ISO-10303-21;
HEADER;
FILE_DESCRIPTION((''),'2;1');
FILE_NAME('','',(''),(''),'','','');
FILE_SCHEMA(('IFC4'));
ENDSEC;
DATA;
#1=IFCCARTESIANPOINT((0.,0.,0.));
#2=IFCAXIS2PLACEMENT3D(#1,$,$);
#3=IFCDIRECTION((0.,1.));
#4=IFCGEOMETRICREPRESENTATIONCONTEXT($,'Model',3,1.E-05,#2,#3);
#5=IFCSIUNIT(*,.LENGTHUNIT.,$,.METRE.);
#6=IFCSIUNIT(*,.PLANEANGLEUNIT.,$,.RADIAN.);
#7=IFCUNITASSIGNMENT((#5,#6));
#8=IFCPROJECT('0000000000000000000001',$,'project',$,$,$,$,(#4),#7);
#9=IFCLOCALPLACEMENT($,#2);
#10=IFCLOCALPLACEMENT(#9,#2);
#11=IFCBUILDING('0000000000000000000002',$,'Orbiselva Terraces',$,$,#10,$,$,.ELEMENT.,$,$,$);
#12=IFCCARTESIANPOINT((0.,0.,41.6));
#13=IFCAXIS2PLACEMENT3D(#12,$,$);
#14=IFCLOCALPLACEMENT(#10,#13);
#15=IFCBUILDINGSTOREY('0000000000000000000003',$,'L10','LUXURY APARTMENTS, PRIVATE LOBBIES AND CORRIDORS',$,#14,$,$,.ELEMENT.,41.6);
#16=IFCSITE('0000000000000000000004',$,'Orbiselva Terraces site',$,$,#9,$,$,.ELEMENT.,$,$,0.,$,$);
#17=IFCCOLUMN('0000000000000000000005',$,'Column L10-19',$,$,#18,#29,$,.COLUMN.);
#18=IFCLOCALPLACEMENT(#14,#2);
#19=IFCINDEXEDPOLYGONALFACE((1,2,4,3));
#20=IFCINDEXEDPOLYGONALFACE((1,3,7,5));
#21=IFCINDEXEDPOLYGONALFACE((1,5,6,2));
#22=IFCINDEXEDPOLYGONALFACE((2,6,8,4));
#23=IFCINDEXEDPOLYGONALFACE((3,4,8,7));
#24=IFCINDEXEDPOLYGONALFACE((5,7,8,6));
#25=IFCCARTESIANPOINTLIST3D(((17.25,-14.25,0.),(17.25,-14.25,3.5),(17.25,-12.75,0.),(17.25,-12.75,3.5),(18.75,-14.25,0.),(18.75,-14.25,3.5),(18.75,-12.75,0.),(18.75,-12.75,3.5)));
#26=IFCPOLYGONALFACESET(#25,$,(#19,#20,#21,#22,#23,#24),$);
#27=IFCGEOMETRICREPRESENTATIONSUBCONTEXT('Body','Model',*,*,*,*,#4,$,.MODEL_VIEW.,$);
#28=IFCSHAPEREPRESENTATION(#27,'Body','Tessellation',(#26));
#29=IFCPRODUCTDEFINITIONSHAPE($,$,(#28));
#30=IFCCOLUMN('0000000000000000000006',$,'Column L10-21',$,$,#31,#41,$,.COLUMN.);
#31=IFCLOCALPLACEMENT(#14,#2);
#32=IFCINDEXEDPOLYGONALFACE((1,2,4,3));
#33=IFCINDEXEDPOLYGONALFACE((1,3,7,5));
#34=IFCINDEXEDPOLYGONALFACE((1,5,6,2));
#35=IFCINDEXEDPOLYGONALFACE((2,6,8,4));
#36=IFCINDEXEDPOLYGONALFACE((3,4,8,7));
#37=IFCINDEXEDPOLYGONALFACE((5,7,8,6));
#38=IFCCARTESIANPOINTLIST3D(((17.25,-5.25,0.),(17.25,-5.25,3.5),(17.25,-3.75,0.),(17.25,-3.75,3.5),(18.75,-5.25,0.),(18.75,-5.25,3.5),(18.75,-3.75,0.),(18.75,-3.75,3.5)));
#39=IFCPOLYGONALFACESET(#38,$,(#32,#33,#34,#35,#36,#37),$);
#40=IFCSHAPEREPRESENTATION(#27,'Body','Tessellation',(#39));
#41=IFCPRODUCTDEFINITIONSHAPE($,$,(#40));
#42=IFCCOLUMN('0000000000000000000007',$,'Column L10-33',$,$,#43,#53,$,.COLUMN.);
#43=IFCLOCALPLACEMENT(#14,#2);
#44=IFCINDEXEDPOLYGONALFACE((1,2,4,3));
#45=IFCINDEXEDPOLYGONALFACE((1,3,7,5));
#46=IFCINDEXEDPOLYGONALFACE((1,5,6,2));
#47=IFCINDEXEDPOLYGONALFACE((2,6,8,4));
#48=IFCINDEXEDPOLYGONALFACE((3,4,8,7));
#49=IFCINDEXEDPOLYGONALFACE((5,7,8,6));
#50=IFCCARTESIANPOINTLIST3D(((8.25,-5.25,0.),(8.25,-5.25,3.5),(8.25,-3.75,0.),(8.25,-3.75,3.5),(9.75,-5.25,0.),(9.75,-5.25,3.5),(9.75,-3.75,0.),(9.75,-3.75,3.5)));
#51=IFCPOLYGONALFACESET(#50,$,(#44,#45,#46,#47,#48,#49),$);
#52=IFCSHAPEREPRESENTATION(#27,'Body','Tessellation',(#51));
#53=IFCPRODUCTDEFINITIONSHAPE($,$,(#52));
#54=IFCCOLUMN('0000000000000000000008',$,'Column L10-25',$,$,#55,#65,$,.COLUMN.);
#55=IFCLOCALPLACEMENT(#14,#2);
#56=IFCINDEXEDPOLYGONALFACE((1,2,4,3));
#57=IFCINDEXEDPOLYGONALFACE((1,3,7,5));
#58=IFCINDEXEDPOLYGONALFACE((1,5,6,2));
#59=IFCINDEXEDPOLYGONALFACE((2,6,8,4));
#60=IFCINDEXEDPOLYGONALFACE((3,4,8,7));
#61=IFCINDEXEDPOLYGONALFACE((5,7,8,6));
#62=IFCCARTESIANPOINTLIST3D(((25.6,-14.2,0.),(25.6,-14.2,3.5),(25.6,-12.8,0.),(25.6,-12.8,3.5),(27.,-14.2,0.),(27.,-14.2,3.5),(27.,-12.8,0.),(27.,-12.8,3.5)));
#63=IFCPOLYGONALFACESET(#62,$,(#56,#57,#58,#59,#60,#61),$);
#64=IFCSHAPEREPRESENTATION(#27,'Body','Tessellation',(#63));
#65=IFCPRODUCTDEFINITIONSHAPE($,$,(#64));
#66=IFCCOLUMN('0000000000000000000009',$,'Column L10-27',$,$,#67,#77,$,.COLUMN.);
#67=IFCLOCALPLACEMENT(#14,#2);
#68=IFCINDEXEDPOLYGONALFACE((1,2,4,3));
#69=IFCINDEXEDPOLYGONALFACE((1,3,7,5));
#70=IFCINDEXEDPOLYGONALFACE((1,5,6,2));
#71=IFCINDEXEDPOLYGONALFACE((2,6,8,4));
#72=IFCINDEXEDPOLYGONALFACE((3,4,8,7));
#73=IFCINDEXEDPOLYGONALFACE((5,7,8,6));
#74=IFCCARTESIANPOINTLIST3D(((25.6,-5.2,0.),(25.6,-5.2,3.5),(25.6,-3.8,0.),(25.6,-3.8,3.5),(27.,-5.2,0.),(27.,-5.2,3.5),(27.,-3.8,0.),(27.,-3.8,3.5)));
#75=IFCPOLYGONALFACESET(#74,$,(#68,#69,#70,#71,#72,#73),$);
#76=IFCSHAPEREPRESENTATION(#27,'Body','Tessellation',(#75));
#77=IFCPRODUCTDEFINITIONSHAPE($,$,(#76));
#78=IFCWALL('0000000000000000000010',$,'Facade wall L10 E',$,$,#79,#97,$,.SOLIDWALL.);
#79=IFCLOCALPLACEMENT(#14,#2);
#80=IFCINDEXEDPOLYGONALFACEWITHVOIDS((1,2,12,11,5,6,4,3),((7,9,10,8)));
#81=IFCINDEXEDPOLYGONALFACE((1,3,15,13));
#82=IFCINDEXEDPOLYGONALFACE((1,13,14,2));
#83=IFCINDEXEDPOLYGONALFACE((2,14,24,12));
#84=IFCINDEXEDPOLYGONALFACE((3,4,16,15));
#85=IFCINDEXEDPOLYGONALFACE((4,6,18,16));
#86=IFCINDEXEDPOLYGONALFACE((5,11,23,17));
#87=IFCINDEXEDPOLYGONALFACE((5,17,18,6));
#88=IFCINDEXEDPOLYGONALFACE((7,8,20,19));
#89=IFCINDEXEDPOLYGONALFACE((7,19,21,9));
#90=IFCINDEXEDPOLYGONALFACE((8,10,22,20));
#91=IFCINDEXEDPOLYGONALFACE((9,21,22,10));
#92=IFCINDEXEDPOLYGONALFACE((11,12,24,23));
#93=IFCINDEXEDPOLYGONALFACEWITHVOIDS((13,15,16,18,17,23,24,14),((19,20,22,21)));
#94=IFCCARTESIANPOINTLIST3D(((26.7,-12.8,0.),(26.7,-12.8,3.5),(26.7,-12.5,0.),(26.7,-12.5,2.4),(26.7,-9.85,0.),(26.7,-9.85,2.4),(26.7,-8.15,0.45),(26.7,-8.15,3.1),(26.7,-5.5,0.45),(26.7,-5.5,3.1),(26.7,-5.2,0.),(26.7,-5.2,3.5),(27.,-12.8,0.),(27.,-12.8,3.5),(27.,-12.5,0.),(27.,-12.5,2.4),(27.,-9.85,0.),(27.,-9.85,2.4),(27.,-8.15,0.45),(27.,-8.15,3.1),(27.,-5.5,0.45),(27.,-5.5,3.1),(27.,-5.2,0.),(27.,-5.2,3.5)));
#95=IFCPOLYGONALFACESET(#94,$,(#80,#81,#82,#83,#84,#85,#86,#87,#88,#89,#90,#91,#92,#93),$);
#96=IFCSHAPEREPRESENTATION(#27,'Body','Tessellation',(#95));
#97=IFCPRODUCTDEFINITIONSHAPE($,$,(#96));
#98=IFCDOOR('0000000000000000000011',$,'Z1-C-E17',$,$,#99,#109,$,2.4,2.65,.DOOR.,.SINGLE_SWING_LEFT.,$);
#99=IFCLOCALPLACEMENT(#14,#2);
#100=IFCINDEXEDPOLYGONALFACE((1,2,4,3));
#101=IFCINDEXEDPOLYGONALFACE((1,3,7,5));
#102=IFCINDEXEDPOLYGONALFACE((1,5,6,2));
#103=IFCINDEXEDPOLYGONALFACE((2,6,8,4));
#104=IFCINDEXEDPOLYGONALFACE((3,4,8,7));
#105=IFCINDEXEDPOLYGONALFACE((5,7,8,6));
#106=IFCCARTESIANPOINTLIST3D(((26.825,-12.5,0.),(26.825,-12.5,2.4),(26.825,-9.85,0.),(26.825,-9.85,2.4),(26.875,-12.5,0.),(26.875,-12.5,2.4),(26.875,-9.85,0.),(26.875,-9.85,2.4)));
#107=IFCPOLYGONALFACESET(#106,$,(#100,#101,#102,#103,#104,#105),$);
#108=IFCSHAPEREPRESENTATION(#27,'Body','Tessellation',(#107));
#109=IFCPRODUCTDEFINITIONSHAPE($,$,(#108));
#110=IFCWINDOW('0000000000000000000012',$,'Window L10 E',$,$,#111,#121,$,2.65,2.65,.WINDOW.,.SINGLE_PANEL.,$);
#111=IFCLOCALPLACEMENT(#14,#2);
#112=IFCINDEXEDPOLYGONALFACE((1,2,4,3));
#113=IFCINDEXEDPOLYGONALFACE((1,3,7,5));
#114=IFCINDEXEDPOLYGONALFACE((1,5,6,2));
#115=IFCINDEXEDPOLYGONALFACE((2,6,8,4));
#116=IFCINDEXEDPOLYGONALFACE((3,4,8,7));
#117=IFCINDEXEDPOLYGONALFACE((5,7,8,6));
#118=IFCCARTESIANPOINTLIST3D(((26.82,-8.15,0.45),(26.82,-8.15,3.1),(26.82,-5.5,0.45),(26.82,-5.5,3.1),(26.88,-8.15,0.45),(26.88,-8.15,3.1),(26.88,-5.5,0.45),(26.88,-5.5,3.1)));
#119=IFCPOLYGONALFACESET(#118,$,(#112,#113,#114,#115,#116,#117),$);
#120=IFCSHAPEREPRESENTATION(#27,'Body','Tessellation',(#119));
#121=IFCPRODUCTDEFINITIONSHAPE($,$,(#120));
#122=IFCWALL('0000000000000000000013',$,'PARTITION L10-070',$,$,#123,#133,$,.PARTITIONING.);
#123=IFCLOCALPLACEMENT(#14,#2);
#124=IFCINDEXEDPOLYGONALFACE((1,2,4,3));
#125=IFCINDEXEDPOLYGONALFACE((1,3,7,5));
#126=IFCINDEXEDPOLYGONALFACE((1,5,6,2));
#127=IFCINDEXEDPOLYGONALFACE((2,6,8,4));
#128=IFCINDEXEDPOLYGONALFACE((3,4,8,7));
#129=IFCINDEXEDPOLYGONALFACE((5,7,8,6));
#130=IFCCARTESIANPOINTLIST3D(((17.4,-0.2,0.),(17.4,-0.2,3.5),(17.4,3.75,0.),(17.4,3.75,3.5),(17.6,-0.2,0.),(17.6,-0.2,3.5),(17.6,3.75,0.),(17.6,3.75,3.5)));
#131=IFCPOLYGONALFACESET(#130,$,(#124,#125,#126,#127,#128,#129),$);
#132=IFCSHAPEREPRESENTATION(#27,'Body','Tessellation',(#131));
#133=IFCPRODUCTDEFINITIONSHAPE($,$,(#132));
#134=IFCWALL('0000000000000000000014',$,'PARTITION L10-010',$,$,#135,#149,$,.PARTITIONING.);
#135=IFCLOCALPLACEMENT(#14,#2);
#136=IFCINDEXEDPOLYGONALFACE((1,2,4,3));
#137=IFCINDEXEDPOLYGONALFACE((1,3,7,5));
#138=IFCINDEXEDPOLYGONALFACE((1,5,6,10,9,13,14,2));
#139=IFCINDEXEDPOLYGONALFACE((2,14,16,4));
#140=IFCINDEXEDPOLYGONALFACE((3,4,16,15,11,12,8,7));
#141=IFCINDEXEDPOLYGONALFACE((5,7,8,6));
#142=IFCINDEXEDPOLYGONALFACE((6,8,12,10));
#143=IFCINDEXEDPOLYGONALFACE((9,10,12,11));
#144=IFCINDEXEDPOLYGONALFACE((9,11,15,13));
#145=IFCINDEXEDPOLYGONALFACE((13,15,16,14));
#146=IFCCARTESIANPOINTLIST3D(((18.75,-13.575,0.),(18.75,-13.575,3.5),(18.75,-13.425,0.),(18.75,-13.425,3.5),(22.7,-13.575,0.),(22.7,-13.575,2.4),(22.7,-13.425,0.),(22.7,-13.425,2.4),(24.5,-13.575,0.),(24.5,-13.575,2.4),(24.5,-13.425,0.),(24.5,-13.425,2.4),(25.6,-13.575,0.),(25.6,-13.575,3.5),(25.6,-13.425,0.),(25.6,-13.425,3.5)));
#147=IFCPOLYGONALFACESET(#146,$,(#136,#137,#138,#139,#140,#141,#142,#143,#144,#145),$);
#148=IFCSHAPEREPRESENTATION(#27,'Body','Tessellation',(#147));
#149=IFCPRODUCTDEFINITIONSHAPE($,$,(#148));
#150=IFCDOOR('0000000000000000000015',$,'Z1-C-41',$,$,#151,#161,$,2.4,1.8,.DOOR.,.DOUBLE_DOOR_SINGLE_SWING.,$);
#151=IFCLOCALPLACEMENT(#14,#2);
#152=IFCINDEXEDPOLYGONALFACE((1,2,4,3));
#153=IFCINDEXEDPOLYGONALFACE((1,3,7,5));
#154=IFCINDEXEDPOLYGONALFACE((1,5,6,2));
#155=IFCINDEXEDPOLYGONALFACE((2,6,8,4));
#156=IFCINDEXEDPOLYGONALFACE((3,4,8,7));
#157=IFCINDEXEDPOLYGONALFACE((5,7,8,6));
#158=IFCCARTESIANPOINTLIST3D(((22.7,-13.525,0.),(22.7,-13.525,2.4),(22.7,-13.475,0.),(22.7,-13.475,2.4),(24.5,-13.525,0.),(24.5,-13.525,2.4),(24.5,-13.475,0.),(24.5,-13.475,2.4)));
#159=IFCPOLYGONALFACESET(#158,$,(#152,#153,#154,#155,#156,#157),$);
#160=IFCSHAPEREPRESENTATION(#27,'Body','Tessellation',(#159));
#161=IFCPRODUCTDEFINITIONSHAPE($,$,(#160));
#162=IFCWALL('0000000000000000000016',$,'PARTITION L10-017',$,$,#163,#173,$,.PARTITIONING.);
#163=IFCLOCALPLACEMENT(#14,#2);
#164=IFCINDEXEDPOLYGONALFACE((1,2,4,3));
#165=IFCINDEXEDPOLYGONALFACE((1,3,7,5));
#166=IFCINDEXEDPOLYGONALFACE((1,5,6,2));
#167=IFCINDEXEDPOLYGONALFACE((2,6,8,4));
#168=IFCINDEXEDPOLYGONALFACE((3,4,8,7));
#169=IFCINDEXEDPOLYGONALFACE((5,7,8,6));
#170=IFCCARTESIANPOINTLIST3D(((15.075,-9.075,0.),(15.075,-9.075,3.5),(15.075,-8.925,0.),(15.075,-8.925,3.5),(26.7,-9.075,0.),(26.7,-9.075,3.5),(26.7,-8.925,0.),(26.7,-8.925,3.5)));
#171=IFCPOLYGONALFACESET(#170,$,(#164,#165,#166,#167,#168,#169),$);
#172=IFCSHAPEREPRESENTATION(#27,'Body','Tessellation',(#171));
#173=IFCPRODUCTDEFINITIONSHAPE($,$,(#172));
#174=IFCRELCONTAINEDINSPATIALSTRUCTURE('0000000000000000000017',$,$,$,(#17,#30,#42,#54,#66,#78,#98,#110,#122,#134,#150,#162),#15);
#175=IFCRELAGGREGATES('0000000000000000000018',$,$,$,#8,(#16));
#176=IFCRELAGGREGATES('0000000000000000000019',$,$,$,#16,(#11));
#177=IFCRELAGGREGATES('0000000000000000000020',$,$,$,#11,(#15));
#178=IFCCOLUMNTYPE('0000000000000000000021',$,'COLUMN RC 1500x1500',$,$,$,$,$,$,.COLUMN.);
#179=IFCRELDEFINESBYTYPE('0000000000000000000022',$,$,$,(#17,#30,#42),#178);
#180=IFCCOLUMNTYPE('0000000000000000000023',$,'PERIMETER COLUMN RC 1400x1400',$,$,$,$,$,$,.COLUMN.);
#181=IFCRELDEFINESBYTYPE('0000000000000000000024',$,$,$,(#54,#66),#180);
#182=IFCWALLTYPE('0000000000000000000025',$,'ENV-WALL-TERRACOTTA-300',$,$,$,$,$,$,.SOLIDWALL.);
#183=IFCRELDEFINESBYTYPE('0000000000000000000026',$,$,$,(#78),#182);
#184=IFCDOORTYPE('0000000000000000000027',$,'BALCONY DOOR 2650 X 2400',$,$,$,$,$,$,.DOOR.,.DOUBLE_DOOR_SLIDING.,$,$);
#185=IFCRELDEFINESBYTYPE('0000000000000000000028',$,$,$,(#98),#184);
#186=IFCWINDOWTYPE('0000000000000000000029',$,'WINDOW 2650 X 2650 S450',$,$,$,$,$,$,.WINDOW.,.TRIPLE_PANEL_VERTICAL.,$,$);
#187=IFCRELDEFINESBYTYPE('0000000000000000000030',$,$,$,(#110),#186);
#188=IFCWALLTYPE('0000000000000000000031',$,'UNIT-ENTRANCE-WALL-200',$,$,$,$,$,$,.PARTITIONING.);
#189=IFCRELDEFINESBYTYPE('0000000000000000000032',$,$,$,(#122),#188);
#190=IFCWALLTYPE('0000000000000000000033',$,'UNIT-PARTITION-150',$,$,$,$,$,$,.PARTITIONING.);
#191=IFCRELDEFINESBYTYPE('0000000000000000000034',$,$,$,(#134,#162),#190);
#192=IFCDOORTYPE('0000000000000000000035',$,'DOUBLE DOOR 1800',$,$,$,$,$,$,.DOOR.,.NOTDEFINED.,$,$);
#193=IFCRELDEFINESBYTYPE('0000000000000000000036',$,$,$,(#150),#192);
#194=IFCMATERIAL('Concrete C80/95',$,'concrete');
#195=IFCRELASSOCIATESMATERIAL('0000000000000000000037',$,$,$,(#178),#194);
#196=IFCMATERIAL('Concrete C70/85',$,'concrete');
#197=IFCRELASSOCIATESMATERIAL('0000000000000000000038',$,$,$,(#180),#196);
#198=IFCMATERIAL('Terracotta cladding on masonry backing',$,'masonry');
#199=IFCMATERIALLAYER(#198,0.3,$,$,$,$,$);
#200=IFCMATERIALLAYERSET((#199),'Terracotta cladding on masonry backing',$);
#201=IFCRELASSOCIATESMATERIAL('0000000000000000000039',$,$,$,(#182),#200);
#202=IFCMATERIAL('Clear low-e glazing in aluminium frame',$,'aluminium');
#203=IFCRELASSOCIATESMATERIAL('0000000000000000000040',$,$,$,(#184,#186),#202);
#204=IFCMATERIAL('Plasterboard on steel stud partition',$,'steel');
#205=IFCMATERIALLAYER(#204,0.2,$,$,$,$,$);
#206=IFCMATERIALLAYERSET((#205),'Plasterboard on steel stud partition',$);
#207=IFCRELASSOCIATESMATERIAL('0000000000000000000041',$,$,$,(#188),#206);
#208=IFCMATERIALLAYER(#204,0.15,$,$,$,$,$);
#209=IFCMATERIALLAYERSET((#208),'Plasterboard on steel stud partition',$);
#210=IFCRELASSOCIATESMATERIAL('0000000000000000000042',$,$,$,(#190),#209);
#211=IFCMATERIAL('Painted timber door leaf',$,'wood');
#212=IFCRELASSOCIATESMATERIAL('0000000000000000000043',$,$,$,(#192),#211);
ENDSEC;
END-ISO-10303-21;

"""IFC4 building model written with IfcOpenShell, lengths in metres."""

from ifc_helpers import new_model, si_unit, direction, frame, frame_2d, origin, origin_2d, place, context, subcontext, project, spatial, rectangle, extrude, material, layer, layer_set, material_profile, profile_set, type_object, element, fill, save


model = new_model("IFC4")

# Units and contexts
model_context = context("Model", 3, precision=1e-05, world=origin(), true_north=direction((0.0, 1.0)))
body_context = subcontext(model_context, "Body", "Model", "MODEL_VIEW")
ifc_project = project(units=[si_unit("LENGTHUNIT", "METRE"), si_unit("PLANEANGLEUNIT", "RADIAN")], contexts=[model_context])

# Site, building, storey
site_placement = place(None, origin())
site = spatial("IfcSite", under=ifc_project, at=site_placement, Name="Orbiselva Terraces site", CompositionType="ELEMENT", RefElevation=0.0)
building_placement = place(site_placement, origin())
building = spatial("IfcBuilding", under=site, at=building_placement, Name="Orbiselva Terraces", CompositionType="ELEMENT")
storey_placement = place(building_placement, frame((0.0, 0.0, 41.6)))
storey = spatial("IfcBuildingStorey", under=building, at=storey_placement, Name="L10", Description="LUXURY APARTMENTS, PRIVATE LOBBIES AND CORRIDORS", CompositionType="ELEMENT", Elevation=41.6)

# Columns
ifc_material_1 = material(Name="Concrete C80/95", Category="concrete")
ifc_material_profile_1 = material_profile(ifc_material_1, rectangle(XDim=1.5, YDim=1.5, at=origin_2d()), Name="RC 1500x1500")
ifc_profile_set_1 = profile_set([ifc_material_profile_1], Name="Concrete C80/95")
column_type_1 = type_object("IfcColumnType", Name="COLUMN RC 1500x1500", PredefinedType="COLUMN", material=ifc_profile_set_1)
for number, where, z_axis, x_axis, name in (
    (1, (18.0, -13.5, 0.0), (0.0, 0.0, 1.0), (1.0, 0.0, 0.0), "Column L10-19"),
    (2, (18.0, -4.5, 0.0), (0.0, 0.0, 1.0), (1.0, 0.0, 0.0), "Column L10-21"),
    (3, (9.0, -4.5, 0.0), (0.0, 0.0, 1.0), (1.0, 0.0, 0.0), "Column L10-33"),
):
    element("IfcColumn", number, at=place(storey_placement, frame(where, z_axis=z_axis, x_axis=x_axis)), inside=storey, type_object=column_type_1, Name=name, PredefinedType="COLUMN", context=body_context, shape_type="SweptSolid", body=[
        extrude(rectangle(XDim=1.5, YDim=1.5, at=origin_2d()), origin(), (0.0, 0.0, 1.0), 3.5),
    ])
ifc_material_2 = material(Name="Concrete C70/85", Category="concrete")
ifc_material_profile_2 = material_profile(ifc_material_2, rectangle(XDim=1.4, YDim=1.4, at=origin_2d()), Name="RC 1400x1400")
ifc_profile_set_2 = profile_set([ifc_material_profile_2], Name="Concrete C70/85")
column_type_2 = type_object("IfcColumnType", Name="PERIMETER COLUMN RC 1400x1400", PredefinedType="COLUMN", material=ifc_profile_set_2)
for number, where, z_axis, x_axis, name in (
    (4, (26.3, -13.5, 0.0), (0.0, 0.0, 1.0), (1.0, 0.0, 0.0), "Column L10-25"),
    (5, (26.3, -4.5, 0.0), (0.0, 0.0, 1.0), (1.0, 0.0, 0.0), "Column L10-27"),
):
    element("IfcColumn", number, at=place(storey_placement, frame(where, z_axis=z_axis, x_axis=x_axis)), inside=storey, type_object=column_type_2, Name=name, PredefinedType="COLUMN", context=body_context, shape_type="SweptSolid", body=[
        extrude(rectangle(XDim=1.4, YDim=1.4, at=origin_2d()), origin(), (0.0, 0.0, 1.0), 3.5),
    ])

# Wall, openings, door, window
ifc_material_3 = material(Name="Terracotta cladding on masonry backing", Category="masonry")
ifc_layer_1 = layer(ifc_material_3, 0.3)
ifc_layer_set_1 = layer_set([ifc_layer_1], Name="Terracotta cladding on masonry backing")
wall_type_1 = type_object("IfcWallType", Name="ENV-WALL-TERRACOTTA-300", PredefinedType="SOLIDWALL", material=ifc_layer_set_1)
wall_1_placement = place(storey_placement, frame((26.85, -5.2, 0.0), z_axis=(0.0, 0.0, 1.0), x_axis=(0.0, -1.0, 0.0)))
wall_1 = element("IfcWall", 6, at=wall_1_placement, inside=storey, type_object=wall_type_1, Name="Facade wall L10 E", PredefinedType="SOLIDWALL", context=body_context, shape_type="SweptSolid", body=[
    extrude(rectangle(XDim=7.6, YDim=0.3, at=frame_2d((3.8, 0.0))), origin(), (0.0, 0.0, 1.0), 3.5),
])
opening_1_placement = place(wall_1_placement, frame((4.65, 0.0, 0.0)))
opening_1 = element("IfcOpeningElement", 7, at=opening_1_placement, cuts=wall_1, PredefinedType="OPENING", context=body_context, shape_type="SweptSolid", body=[
    extrude(rectangle(XDim=2.65, YDim=2.4, at=frame_2d((1.325, 1.2))), frame((0.0, 0.16, 0.0), z_axis=(0.0, -1.0, 0.0), x_axis=(1.0, 0.0, 0.0)), (0.0, 0.0, 1.0), 0.32),
])
opening_2_placement = place(wall_1_placement, frame((0.3, 0.0, 0.45)))
opening_2 = element("IfcOpeningElement", 8, at=opening_2_placement, cuts=wall_1, PredefinedType="OPENING", context=body_context, shape_type="SweptSolid", body=[
    extrude(rectangle(XDim=2.65, YDim=2.65, at=frame_2d((1.325, 1.325))), frame((0.0, 0.16, 0.0), z_axis=(0.0, -1.0, 0.0), x_axis=(1.0, 0.0, 0.0)), (0.0, 0.0, 1.0), 0.32),
])
ifc_material_4 = material(Name="Clear low-e glazing in aluminium frame", Category="aluminium")
door_type_1 = type_object("IfcDoorType", Name="BALCONY DOOR 2650 X 2400", OperationType="DOUBLE_DOOR_SLIDING", PredefinedType="DOOR", material=ifc_material_4)
door_1_placement = place(opening_1_placement, origin())
door_1 = element("IfcDoor", 9, at=door_1_placement, inside=storey, type_object=door_type_1, Name="Z1-C-E17", OperationType="SINGLE_SWING_LEFT", OverallHeight=2.4, OverallWidth=2.65, PredefinedType="DOOR", context=body_context, shape_type="SweptSolid", body=[
    extrude(rectangle(XDim=2.65, YDim=2.4, at=frame_2d((1.325, 1.2))), frame((0.0, 0.025, 0.0), z_axis=(0.0, -1.0, 0.0), x_axis=(1.0, 0.0, 0.0)), (0.0, 0.0, 1.0), 0.05),
])
fill(opening_1, door_1)
window_type = type_object("IfcWindowType", Name="WINDOW 2650 X 2650 S450", PartitioningType="TRIPLE_PANEL_VERTICAL", PredefinedType="WINDOW", material=ifc_material_4)
window_placement = place(opening_2_placement, origin())
window = element("IfcWindow", 10, at=window_placement, inside=storey, type_object=window_type, Name="Window L10 E", OverallHeight=2.65, OverallWidth=2.65, PartitioningType="SINGLE_PANEL", PredefinedType="WINDOW", context=body_context, shape_type="SweptSolid", body=[
    extrude(rectangle(XDim=2.65, YDim=2.65, at=frame_2d((1.325, 1.325))), frame((0.0, 0.03, 0.0), z_axis=(0.0, -1.0, 0.0), x_axis=(1.0, 0.0, 0.0)), (0.0, 0.0, 1.0), 0.06),
])
fill(opening_2, window)

# Wall
ifc_material_5 = material(Name="Plasterboard on steel stud partition", Category="steel")
ifc_layer_2 = layer(ifc_material_5, 0.2)
ifc_layer_set_2 = layer_set([ifc_layer_2], Name="Plasterboard on steel stud partition")
wall_type_2 = type_object("IfcWallType", Name="UNIT-ENTRANCE-WALL-200", PredefinedType="PARTITIONING", material=ifc_layer_set_2)
wall_2_placement = place(storey_placement, frame((17.5, -0.2, 0.0), z_axis=(0.0, 0.0, 1.0), x_axis=(0.0, 1.0, 0.0)))
element("IfcWall", 11, at=wall_2_placement, inside=storey, type_object=wall_type_2, Name="PARTITION L10-070", PredefinedType="PARTITIONING", context=body_context, shape_type="SweptSolid", body=[
    extrude(rectangle(XDim=3.95, YDim=0.2, at=frame_2d((1.975, 0.0))), origin(), (0.0, 0.0, 1.0), 3.5),
])

# Wall, opening, door
ifc_layer_3 = layer(ifc_material_5, 0.15)
ifc_layer_set_3 = layer_set([ifc_layer_3], Name="Plasterboard on steel stud partition")
wall_type_3 = type_object("IfcWallType", Name="UNIT-PARTITION-150", PredefinedType="PARTITIONING", material=ifc_layer_set_3)
wall_3_placement = place(storey_placement, frame((25.6, -13.5, 0.0), z_axis=(0.0, 0.0, 1.0), x_axis=(-1.0, 0.0, 0.0)))
wall_3 = element("IfcWall", 12, at=wall_3_placement, inside=storey, type_object=wall_type_3, Name="PARTITION L10-010", PredefinedType="PARTITIONING", context=body_context, shape_type="SweptSolid", body=[
    extrude(rectangle(XDim=6.85, YDim=0.15, at=frame_2d((3.425, 0.0))), origin(), (0.0, 0.0, 1.0), 3.5),
])
opening_3_placement = place(wall_3_placement, frame((1.1, 0.0, 0.0)))
opening_3 = element("IfcOpeningElement", 13, at=opening_3_placement, cuts=wall_3, PredefinedType="OPENING", context=body_context, shape_type="SweptSolid", body=[
    extrude(rectangle(XDim=1.8, YDim=2.4, at=frame_2d((0.9, 1.2))), frame((0.0, 0.085, 0.0), z_axis=(0.0, -1.0, 0.0), x_axis=(1.0, 0.0, 0.0)), (0.0, 0.0, 1.0), 0.17),
])
ifc_material_6 = material(Name="Painted timber door leaf", Category="wood")
door_type_2 = type_object("IfcDoorType", Name="DOUBLE DOOR 1800", OperationType="NOTDEFINED", PredefinedType="DOOR", material=ifc_material_6)
door_2_placement = place(opening_3_placement, origin())
door_2 = element("IfcDoor", 14, at=door_2_placement, inside=storey, type_object=door_type_2, Name="Z1-C-41", OperationType="DOUBLE_DOOR_SINGLE_SWING", OverallHeight=2.4, OverallWidth=1.8, PredefinedType="DOOR", context=body_context, shape_type="SweptSolid", body=[
    extrude(rectangle(XDim=1.8, YDim=2.4, at=frame_2d((0.9, 1.2))), frame((0.0, 0.025, 0.0), z_axis=(0.0, -1.0, 0.0), x_axis=(1.0, 0.0, 0.0)), (0.0, 0.0, 1.0), 0.05),
])
fill(opening_3, door_2)

# Wall
wall_4_placement = place(storey_placement, frame((15.075, -9.0, 0.0), z_axis=(0.0, 0.0, 1.0), x_axis=(1.0, 0.0, 0.0)))
element("IfcWall", 15, at=wall_4_placement, inside=storey, type_object=wall_type_3, Name="PARTITION L10-017", PredefinedType="PARTITIONING", context=body_context, shape_type="SweptSolid", body=[
    extrude(rectangle(XDim=11.625, YDim=0.15, at=frame_2d((5.8125, 0.0))), origin(), (0.0, 0.0, 1.0), 3.5),
])

save(model, "model.ifc")
